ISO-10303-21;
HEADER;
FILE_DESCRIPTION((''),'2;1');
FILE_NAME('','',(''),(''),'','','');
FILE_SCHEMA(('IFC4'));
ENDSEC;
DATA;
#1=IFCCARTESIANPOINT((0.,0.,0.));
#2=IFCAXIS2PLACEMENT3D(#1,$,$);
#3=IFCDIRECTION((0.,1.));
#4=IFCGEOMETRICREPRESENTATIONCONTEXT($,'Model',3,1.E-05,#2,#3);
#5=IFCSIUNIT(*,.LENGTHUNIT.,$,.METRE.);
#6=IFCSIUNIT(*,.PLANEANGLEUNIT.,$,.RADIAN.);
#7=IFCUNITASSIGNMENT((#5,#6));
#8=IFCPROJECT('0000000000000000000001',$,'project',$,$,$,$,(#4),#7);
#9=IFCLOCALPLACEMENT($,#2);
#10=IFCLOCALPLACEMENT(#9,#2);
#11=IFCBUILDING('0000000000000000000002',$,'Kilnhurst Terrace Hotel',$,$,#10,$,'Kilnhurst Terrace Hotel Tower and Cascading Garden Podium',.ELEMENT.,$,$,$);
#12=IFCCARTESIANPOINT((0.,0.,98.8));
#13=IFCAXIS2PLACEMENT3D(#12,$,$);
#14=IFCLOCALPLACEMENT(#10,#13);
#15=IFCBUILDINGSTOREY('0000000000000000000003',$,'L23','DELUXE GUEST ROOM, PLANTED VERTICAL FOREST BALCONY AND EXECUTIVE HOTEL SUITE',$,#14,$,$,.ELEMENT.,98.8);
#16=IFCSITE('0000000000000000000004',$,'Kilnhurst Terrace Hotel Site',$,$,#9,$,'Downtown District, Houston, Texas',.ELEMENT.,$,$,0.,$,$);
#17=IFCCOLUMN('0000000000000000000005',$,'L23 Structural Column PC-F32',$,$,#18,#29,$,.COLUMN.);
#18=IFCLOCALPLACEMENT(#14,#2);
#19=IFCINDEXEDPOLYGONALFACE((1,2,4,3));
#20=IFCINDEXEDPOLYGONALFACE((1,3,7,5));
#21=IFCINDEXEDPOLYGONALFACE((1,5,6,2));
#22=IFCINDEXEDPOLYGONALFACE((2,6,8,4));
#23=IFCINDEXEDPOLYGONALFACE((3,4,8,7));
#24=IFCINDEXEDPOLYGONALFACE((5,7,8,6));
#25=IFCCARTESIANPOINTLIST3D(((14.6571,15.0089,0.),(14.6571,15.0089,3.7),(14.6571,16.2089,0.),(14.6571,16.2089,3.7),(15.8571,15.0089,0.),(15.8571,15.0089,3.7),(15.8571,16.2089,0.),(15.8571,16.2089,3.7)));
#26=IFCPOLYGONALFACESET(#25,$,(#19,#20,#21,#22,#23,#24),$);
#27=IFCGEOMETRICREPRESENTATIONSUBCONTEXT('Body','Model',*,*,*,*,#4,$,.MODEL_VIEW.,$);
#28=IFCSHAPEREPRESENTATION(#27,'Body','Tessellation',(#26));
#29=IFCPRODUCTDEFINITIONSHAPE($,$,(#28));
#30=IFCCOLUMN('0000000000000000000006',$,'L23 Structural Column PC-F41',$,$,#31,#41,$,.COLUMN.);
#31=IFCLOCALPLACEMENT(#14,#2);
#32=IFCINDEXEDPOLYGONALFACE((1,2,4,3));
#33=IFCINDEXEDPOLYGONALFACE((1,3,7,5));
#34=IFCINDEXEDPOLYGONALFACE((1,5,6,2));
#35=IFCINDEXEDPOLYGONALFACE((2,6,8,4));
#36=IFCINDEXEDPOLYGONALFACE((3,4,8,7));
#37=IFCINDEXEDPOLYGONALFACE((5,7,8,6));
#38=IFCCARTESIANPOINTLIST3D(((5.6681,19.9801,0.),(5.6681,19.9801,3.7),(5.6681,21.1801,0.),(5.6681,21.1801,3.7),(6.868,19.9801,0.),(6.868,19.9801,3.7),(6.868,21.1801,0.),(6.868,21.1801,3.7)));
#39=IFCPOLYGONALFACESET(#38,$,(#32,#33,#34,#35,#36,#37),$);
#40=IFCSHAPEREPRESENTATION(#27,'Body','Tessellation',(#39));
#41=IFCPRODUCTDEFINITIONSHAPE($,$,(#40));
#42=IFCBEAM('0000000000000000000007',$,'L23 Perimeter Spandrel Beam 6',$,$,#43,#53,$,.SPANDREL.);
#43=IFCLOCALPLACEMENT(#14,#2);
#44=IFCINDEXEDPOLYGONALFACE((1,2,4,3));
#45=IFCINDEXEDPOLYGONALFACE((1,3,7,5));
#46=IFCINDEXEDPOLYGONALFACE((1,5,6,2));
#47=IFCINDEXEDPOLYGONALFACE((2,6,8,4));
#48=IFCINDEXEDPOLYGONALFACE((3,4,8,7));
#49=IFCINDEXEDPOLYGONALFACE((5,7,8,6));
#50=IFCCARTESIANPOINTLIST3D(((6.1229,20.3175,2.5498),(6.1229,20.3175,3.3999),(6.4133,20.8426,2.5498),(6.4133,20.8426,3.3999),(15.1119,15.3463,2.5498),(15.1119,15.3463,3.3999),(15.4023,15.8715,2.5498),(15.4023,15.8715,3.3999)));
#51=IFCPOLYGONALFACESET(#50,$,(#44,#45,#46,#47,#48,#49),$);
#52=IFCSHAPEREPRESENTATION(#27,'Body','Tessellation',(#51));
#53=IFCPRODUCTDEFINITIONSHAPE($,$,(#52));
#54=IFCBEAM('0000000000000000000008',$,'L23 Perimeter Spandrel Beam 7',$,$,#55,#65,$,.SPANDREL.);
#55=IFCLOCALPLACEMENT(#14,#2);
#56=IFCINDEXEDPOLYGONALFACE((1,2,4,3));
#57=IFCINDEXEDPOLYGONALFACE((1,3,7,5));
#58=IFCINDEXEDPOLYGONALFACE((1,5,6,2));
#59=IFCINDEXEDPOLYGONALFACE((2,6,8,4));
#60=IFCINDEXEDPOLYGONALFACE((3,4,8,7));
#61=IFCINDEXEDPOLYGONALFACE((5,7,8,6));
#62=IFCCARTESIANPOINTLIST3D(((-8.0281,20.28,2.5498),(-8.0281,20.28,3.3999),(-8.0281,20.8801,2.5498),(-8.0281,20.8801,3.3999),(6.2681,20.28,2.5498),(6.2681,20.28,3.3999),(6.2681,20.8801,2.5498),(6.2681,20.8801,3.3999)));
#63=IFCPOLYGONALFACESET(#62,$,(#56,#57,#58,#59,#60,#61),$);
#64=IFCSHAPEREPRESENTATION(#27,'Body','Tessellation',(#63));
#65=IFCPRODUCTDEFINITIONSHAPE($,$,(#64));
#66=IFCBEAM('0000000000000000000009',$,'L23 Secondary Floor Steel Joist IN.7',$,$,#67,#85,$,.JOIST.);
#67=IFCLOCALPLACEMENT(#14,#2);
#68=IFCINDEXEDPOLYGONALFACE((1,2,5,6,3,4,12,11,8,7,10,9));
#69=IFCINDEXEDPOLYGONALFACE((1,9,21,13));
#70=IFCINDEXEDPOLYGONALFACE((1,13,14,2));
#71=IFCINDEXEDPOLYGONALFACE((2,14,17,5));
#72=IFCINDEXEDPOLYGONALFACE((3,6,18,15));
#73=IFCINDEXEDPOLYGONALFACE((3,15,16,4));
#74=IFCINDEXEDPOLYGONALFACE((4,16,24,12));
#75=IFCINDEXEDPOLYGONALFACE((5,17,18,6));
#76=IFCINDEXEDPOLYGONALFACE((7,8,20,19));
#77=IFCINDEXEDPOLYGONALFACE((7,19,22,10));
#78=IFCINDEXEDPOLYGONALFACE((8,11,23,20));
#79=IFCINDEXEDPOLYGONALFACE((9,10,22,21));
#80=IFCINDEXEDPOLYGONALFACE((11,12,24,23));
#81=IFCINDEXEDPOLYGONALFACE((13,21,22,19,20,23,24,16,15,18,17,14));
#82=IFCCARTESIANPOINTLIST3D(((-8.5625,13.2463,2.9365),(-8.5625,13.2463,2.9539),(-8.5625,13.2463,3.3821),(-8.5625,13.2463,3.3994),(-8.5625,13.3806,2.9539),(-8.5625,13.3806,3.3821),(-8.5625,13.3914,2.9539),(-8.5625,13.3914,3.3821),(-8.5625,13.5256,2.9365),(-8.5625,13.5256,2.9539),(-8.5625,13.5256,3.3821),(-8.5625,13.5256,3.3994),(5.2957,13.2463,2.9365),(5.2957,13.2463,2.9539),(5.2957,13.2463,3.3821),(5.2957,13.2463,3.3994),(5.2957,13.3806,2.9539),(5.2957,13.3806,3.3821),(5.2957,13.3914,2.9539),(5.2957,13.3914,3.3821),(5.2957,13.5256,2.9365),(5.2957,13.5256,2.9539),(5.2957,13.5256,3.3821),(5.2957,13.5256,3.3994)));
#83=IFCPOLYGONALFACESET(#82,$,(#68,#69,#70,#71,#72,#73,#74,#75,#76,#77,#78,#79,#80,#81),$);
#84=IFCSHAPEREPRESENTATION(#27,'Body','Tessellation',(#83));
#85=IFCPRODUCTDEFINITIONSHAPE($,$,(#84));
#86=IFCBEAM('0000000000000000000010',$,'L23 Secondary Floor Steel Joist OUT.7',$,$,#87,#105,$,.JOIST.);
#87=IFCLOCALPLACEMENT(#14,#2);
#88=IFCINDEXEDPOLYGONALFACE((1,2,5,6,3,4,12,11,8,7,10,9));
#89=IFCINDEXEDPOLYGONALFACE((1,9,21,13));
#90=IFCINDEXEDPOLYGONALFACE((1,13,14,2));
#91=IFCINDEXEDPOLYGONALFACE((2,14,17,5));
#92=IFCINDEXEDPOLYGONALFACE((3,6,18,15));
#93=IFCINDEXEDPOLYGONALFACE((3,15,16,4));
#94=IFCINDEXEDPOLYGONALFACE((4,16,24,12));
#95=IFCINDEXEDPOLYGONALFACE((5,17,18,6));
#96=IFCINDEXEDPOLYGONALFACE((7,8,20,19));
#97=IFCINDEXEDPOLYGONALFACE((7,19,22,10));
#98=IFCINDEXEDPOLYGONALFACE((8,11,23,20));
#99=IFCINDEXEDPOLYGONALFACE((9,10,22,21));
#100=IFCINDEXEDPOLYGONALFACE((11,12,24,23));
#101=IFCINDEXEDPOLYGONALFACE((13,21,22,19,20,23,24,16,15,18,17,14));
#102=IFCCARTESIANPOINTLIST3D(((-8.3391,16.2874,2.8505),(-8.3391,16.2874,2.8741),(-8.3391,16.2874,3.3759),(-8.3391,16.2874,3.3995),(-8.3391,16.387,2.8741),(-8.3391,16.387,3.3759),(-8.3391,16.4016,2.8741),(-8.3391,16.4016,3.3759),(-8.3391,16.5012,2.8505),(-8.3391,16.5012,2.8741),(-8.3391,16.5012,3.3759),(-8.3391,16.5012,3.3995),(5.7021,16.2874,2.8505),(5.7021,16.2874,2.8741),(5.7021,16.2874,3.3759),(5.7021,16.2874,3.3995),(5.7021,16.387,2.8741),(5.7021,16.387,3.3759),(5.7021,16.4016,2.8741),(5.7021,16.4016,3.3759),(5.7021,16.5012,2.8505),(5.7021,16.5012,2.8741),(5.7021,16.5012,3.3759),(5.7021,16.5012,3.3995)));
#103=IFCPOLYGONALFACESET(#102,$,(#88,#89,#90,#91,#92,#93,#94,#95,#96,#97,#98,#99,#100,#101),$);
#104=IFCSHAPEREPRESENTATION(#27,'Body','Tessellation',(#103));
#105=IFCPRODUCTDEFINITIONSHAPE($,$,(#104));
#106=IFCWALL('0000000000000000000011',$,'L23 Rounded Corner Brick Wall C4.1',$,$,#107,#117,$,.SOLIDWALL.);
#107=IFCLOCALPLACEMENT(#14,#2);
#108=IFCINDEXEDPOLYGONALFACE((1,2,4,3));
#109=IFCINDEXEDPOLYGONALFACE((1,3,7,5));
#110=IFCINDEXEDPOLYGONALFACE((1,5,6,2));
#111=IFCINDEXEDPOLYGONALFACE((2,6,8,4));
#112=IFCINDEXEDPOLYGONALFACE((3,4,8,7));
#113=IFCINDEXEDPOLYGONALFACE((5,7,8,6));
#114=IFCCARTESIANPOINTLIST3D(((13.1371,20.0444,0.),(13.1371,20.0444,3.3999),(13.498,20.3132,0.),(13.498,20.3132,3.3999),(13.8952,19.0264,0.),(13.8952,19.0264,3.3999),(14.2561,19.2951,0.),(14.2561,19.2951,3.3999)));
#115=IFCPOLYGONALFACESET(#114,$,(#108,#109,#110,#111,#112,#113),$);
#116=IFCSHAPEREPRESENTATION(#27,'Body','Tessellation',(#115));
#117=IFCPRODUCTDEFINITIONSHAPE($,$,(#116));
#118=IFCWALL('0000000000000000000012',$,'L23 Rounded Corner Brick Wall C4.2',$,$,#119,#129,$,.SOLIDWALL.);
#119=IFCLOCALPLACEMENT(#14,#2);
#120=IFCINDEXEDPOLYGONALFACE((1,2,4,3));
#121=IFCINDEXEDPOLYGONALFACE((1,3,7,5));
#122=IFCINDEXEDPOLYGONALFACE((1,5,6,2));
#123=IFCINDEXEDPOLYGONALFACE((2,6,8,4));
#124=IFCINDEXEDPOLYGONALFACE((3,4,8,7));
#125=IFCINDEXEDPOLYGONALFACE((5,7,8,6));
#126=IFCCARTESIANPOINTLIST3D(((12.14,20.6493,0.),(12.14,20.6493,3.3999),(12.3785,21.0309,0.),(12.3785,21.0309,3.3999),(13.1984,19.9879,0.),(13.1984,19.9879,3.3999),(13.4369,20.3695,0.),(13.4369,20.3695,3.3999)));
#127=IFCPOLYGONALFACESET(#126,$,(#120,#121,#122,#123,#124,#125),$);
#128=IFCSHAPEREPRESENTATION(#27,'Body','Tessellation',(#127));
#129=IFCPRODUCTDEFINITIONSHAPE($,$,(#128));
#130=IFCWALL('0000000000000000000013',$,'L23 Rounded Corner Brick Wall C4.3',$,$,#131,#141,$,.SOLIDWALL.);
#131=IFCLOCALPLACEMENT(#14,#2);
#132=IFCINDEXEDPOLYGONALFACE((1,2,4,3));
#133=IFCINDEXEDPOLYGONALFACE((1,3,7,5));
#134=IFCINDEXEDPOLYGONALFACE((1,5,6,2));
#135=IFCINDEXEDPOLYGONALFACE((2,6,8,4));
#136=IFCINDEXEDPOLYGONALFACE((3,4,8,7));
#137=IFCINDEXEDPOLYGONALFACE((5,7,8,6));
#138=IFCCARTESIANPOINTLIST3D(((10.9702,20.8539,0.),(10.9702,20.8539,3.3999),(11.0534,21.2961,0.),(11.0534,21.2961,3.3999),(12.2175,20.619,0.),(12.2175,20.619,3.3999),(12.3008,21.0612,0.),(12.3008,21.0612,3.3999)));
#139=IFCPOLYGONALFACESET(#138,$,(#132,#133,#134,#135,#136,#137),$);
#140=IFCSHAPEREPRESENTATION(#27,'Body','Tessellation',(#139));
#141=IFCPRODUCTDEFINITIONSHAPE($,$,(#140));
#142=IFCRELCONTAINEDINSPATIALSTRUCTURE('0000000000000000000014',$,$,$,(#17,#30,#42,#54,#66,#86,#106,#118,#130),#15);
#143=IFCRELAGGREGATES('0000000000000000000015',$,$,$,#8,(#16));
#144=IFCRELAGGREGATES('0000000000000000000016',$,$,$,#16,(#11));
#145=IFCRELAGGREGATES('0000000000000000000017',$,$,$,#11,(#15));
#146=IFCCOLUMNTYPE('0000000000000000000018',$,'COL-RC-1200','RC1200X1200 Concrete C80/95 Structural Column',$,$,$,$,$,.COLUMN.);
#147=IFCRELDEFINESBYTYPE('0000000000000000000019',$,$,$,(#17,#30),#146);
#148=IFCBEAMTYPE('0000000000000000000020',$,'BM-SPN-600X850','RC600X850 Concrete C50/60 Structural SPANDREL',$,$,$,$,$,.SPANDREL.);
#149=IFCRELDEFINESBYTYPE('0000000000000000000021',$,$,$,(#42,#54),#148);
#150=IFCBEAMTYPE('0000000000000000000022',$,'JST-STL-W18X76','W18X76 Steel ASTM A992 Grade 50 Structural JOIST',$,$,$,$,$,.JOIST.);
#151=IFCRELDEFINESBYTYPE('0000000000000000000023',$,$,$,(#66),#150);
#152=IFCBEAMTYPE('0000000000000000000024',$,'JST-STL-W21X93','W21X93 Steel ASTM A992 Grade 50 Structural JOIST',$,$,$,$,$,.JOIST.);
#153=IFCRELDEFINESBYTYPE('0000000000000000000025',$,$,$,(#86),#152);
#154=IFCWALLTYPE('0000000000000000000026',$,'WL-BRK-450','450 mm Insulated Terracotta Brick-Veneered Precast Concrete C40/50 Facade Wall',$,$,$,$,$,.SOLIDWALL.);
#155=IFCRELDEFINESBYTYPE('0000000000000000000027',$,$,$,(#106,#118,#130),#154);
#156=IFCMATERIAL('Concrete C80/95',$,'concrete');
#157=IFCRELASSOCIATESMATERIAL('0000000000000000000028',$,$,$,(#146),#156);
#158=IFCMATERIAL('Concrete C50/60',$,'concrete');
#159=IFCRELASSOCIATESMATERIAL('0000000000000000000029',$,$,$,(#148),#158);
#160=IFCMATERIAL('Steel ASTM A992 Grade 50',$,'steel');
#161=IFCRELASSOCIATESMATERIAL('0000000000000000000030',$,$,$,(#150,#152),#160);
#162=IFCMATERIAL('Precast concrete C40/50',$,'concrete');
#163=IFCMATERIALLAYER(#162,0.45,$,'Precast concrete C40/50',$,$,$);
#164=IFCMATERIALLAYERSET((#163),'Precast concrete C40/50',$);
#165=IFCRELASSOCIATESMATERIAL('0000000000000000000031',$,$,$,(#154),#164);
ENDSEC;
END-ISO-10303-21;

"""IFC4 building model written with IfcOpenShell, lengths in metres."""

from ifc_helpers import new_model, si_unit, direction, frame, frame_2d, origin, origin_2d, place, context, subcontext, project, spatial, rectangle, i_section, extrude, material, layer, layer_set, material_profile, profile_set, type_object, element, save


model = new_model("IFC4")

# Units and contexts
model_context = context("Model", 3, precision=1e-05, world=origin(), true_north=direction((0.0, 1.0)))
body_context = subcontext(model_context, "Body", "Model", "MODEL_VIEW")
ifc_project = project(units=[si_unit("LENGTHUNIT", "METRE"), si_unit("PLANEANGLEUNIT", "RADIAN")], contexts=[model_context])

# Site, building, storey
site_placement = place(None, origin())
site = spatial("IfcSite", under=ifc_project, at=site_placement, Name="Kilnhurst Terrace Hotel Site", LongName="Downtown District, Houston, Texas", CompositionType="ELEMENT", RefElevation=0.0)
building_placement = place(site_placement, origin())
building = spatial("IfcBuilding", under=site, at=building_placement, Name="Kilnhurst Terrace Hotel", LongName="Kilnhurst Terrace Hotel Tower and Cascading Garden Podium", CompositionType="ELEMENT")
storey_placement = place(building_placement, frame((0.0, 0.0, 98.8)))
storey = spatial("IfcBuildingStorey", under=building, at=storey_placement, Name="L23", Description="DELUXE GUEST ROOM, PLANTED VERTICAL FOREST BALCONY AND EXECUTIVE HOTEL SUITE", CompositionType="ELEMENT", Elevation=98.8)

# Columns
ifc_material_1 = material(Name="Concrete C80/95", Category="concrete")
ifc_material_profile_1 = material_profile(ifc_material_1, rectangle(XDim=1.2, YDim=1.2, at=origin_2d()), Name="RC1200X1200")
ifc_profile_set_1 = profile_set([ifc_material_profile_1], Name="Concrete C80/95")
column_type = type_object("IfcColumnType", Name="COL-RC-1200", Description="RC1200X1200 Concrete C80/95 Structural Column", PredefinedType="COLUMN", material=ifc_profile_set_1)
for number, where, z_axis, x_axis, name in (
    (1, (15.2571, 15.6089, 0.0), (0.0, 0.0, 1.0), (1.0, 0.0, 0.0), "L23 Structural Column PC-F32"),
    (2, (6.2681, 20.5801, 0.0), (0.0, 0.0, 1.0), (1.0, 0.0, 0.0), "L23 Structural Column PC-F41"),
):
    element("IfcColumn", number, at=place(storey_placement, frame(where, z_axis=z_axis, x_axis=x_axis)), inside=storey, type_object=column_type, Name=name, PredefinedType="COLUMN", context=body_context, shape_type="SweptSolid", body=[
        extrude(rectangle(XDim=1.2, YDim=1.2, at=origin_2d()), origin(), (0.0, 0.0, 1.0), 3.7),
    ])

# Beams
ifc_material_2 = material(Name="Concrete C50/60", Category="concrete")
ifc_material_profile_2 = material_profile(ifc_material_2, rectangle(XDim=0.6001, YDim=0.8501, at=origin_2d()), Name="RC600X850")
ifc_profile_set_2 = profile_set([ifc_material_profile_2], Name="Concrete C50/60")
beam_type_1 = type_object("IfcBeamType", Name="BM-SPN-600X850", Description="RC600X850 Concrete C50/60 Structural SPANDREL", PredefinedType="SPANDREL", material=ifc_profile_set_2)
beam_1_placement = place(storey_placement, frame((15.2571, 15.6089, 2.9749), z_axis=(-0.875094, 0.483953, 0.0), x_axis=(-0.483953, -0.875094, 0.0)))
element("IfcBeam", 3, at=beam_1_placement, inside=storey, type_object=beam_type_1, Name="L23 Perimeter Spandrel Beam 6", PredefinedType="SPANDREL", context=body_context, shape_type="SweptSolid", body=[
    extrude(rectangle(XDim=0.6001, YDim=0.8501, at=origin_2d()), origin(), (0.0, 0.0, 1.0), 10.272),
])
beam_2_placement = place(storey_placement, frame((6.2681, 20.5801, 2.9749), z_axis=(-1.0, 0.0, 0.0), x_axis=(0.0, -1.0, 0.0)))
element("IfcBeam", 4, at=beam_2_placement, inside=storey, type_object=beam_type_1, Name="L23 Perimeter Spandrel Beam 7", PredefinedType="SPANDREL", context=body_context, shape_type="SweptSolid", body=[
    extrude(rectangle(XDim=0.6001, YDim=0.8501, at=origin_2d()), origin(), (0.0, 0.0, 1.0), 14.2961),
])
ifc_material_3 = material(Name="Steel ASTM A992 Grade 50", Category="steel")
ifc_material_profile_3 = material_profile(ifc_material_3, i_section(OverallWidth=0.2793, OverallDepth=0.4629, WebThickness=0.0107, FlangeThickness=0.0173, at=origin_2d()), Name="W18X76")
ifc_profile_set_3 = profile_set([ifc_material_profile_3], Name="Steel ASTM A992 Grade 50")
beam_type_2 = type_object("IfcBeamType", Name="JST-STL-W18X76", Description="W18X76 Steel ASTM A992 Grade 50 Structural JOIST", PredefinedType="JOIST", material=ifc_profile_set_3)
beam_3_placement = place(storey_placement, frame((5.2957, 13.386, 3.168), z_axis=(-1.0, 0.0, 0.0), x_axis=(0.0, -1.0, 0.0)))
element("IfcBeam", 5, at=beam_3_placement, inside=storey, type_object=beam_type_2, Name="L23 Secondary Floor Steel Joist IN.7", PredefinedType="JOIST", context=body_context, shape_type="SweptSolid", body=[
    extrude(i_section(OverallWidth=0.2793, OverallDepth=0.4629, WebThickness=0.0107, FlangeThickness=0.0173, at=origin_2d()), origin(), (0.0, 0.0, 1.0), 13.8582),
])
ifc_material_profile_4 = material_profile(ifc_material_3, i_section(OverallWidth=0.2139, OverallDepth=0.5491, WebThickness=0.0146, FlangeThickness=0.0237, at=origin_2d()), Name="W21X93")
ifc_profile_set_4 = profile_set([ifc_material_profile_4], Name="Steel ASTM A992 Grade 50")
beam_type_3 = type_object("IfcBeamType", Name="JST-STL-W21X93", Description="W21X93 Steel ASTM A992 Grade 50 Structural JOIST", PredefinedType="JOIST", material=ifc_profile_set_4)
beam_4_placement = place(storey_placement, frame((5.7021, 16.3943, 3.125), z_axis=(-1.0, 0.0, 0.0), x_axis=(0.0, -1.0, 0.0)))
element("IfcBeam", 6, at=beam_4_placement, inside=storey, type_object=beam_type_3, Name="L23 Secondary Floor Steel Joist OUT.7", PredefinedType="JOIST", context=body_context, shape_type="SweptSolid", body=[
    extrude(i_section(OverallWidth=0.2139, OverallDepth=0.5491, WebThickness=0.0146, FlangeThickness=0.0237, at=origin_2d()), origin(), (0.0, 0.0, 1.0), 14.0413),
])

# Walls
ifc_material_4 = material(Name="Precast concrete C40/50", Category="concrete")
ifc_layer_1 = layer(ifc_material_4, 0.45, Name="Precast concrete C40/50")
ifc_layer_set_1 = layer_set([ifc_layer_1], Name="Precast concrete C40/50")
wall_type_1 = type_object("IfcWallType", Name="WL-BRK-450", Description="450 mm Insulated Terracotta Brick-Veneered Precast Concrete C40/50 Facade Wall", PredefinedType="SOLIDWALL", material=ifc_layer_set_1)
wall_1_placement = place(storey_placement, frame((14.0757, 19.1606, 0.0), z_axis=(0.0, 0.0, 1.0), x_axis=(-0.597227, 0.802073, 0.0)))
element("IfcWall", 7, at=wall_1_placement, inside=storey, type_object=wall_type_1, Name="L23 Rounded Corner Brick Wall C4.1", PredefinedType="SOLIDWALL", context=body_context, shape_type="SweptSolid", body=[
    extrude(rectangle(XDim=1.2693, YDim=0.45, at=frame_2d((0.6348, 0.0))), origin(), (0.0, 0.0, 1.0), 3.3999),
])
wall_2_placement = place(storey_placement, frame((13.3176, 20.1787, 0.0), z_axis=(0.0, 0.0, 1.0), x_axis=(-0.848031, 0.529946, 0.0)))
element("IfcWall", 8, at=wall_2_placement, inside=storey, type_object=wall_type_1, Name="L23 Rounded Corner Brick Wall C4.2", PredefinedType="SOLIDWALL", context=body_context, shape_type="SweptSolid", body=[
    extrude(rectangle(XDim=1.248, YDim=0.45, at=frame_2d((0.624, 0.0))), origin(), (0.0, 0.0, 1.0), 3.3999),
])
wall_3_placement = place(storey_placement, frame((12.2593, 20.8401, 0.0), z_axis=(0.0, 0.0, 1.0), x_axis=(-0.98273, 0.185043, 0.0)))
element("IfcWall", 9, at=wall_3_placement, inside=storey, type_object=wall_type_1, Name="L23 Rounded Corner Brick Wall C4.3", PredefinedType="SOLIDWALL", context=body_context, shape_type="SweptSolid", body=[
    extrude(rectangle(XDim=1.2693, YDim=0.45, at=frame_2d((0.6348, 0.0))), origin(), (0.0, 0.0, 1.0), 3.3999),
])

save(model, "model.ifc")
